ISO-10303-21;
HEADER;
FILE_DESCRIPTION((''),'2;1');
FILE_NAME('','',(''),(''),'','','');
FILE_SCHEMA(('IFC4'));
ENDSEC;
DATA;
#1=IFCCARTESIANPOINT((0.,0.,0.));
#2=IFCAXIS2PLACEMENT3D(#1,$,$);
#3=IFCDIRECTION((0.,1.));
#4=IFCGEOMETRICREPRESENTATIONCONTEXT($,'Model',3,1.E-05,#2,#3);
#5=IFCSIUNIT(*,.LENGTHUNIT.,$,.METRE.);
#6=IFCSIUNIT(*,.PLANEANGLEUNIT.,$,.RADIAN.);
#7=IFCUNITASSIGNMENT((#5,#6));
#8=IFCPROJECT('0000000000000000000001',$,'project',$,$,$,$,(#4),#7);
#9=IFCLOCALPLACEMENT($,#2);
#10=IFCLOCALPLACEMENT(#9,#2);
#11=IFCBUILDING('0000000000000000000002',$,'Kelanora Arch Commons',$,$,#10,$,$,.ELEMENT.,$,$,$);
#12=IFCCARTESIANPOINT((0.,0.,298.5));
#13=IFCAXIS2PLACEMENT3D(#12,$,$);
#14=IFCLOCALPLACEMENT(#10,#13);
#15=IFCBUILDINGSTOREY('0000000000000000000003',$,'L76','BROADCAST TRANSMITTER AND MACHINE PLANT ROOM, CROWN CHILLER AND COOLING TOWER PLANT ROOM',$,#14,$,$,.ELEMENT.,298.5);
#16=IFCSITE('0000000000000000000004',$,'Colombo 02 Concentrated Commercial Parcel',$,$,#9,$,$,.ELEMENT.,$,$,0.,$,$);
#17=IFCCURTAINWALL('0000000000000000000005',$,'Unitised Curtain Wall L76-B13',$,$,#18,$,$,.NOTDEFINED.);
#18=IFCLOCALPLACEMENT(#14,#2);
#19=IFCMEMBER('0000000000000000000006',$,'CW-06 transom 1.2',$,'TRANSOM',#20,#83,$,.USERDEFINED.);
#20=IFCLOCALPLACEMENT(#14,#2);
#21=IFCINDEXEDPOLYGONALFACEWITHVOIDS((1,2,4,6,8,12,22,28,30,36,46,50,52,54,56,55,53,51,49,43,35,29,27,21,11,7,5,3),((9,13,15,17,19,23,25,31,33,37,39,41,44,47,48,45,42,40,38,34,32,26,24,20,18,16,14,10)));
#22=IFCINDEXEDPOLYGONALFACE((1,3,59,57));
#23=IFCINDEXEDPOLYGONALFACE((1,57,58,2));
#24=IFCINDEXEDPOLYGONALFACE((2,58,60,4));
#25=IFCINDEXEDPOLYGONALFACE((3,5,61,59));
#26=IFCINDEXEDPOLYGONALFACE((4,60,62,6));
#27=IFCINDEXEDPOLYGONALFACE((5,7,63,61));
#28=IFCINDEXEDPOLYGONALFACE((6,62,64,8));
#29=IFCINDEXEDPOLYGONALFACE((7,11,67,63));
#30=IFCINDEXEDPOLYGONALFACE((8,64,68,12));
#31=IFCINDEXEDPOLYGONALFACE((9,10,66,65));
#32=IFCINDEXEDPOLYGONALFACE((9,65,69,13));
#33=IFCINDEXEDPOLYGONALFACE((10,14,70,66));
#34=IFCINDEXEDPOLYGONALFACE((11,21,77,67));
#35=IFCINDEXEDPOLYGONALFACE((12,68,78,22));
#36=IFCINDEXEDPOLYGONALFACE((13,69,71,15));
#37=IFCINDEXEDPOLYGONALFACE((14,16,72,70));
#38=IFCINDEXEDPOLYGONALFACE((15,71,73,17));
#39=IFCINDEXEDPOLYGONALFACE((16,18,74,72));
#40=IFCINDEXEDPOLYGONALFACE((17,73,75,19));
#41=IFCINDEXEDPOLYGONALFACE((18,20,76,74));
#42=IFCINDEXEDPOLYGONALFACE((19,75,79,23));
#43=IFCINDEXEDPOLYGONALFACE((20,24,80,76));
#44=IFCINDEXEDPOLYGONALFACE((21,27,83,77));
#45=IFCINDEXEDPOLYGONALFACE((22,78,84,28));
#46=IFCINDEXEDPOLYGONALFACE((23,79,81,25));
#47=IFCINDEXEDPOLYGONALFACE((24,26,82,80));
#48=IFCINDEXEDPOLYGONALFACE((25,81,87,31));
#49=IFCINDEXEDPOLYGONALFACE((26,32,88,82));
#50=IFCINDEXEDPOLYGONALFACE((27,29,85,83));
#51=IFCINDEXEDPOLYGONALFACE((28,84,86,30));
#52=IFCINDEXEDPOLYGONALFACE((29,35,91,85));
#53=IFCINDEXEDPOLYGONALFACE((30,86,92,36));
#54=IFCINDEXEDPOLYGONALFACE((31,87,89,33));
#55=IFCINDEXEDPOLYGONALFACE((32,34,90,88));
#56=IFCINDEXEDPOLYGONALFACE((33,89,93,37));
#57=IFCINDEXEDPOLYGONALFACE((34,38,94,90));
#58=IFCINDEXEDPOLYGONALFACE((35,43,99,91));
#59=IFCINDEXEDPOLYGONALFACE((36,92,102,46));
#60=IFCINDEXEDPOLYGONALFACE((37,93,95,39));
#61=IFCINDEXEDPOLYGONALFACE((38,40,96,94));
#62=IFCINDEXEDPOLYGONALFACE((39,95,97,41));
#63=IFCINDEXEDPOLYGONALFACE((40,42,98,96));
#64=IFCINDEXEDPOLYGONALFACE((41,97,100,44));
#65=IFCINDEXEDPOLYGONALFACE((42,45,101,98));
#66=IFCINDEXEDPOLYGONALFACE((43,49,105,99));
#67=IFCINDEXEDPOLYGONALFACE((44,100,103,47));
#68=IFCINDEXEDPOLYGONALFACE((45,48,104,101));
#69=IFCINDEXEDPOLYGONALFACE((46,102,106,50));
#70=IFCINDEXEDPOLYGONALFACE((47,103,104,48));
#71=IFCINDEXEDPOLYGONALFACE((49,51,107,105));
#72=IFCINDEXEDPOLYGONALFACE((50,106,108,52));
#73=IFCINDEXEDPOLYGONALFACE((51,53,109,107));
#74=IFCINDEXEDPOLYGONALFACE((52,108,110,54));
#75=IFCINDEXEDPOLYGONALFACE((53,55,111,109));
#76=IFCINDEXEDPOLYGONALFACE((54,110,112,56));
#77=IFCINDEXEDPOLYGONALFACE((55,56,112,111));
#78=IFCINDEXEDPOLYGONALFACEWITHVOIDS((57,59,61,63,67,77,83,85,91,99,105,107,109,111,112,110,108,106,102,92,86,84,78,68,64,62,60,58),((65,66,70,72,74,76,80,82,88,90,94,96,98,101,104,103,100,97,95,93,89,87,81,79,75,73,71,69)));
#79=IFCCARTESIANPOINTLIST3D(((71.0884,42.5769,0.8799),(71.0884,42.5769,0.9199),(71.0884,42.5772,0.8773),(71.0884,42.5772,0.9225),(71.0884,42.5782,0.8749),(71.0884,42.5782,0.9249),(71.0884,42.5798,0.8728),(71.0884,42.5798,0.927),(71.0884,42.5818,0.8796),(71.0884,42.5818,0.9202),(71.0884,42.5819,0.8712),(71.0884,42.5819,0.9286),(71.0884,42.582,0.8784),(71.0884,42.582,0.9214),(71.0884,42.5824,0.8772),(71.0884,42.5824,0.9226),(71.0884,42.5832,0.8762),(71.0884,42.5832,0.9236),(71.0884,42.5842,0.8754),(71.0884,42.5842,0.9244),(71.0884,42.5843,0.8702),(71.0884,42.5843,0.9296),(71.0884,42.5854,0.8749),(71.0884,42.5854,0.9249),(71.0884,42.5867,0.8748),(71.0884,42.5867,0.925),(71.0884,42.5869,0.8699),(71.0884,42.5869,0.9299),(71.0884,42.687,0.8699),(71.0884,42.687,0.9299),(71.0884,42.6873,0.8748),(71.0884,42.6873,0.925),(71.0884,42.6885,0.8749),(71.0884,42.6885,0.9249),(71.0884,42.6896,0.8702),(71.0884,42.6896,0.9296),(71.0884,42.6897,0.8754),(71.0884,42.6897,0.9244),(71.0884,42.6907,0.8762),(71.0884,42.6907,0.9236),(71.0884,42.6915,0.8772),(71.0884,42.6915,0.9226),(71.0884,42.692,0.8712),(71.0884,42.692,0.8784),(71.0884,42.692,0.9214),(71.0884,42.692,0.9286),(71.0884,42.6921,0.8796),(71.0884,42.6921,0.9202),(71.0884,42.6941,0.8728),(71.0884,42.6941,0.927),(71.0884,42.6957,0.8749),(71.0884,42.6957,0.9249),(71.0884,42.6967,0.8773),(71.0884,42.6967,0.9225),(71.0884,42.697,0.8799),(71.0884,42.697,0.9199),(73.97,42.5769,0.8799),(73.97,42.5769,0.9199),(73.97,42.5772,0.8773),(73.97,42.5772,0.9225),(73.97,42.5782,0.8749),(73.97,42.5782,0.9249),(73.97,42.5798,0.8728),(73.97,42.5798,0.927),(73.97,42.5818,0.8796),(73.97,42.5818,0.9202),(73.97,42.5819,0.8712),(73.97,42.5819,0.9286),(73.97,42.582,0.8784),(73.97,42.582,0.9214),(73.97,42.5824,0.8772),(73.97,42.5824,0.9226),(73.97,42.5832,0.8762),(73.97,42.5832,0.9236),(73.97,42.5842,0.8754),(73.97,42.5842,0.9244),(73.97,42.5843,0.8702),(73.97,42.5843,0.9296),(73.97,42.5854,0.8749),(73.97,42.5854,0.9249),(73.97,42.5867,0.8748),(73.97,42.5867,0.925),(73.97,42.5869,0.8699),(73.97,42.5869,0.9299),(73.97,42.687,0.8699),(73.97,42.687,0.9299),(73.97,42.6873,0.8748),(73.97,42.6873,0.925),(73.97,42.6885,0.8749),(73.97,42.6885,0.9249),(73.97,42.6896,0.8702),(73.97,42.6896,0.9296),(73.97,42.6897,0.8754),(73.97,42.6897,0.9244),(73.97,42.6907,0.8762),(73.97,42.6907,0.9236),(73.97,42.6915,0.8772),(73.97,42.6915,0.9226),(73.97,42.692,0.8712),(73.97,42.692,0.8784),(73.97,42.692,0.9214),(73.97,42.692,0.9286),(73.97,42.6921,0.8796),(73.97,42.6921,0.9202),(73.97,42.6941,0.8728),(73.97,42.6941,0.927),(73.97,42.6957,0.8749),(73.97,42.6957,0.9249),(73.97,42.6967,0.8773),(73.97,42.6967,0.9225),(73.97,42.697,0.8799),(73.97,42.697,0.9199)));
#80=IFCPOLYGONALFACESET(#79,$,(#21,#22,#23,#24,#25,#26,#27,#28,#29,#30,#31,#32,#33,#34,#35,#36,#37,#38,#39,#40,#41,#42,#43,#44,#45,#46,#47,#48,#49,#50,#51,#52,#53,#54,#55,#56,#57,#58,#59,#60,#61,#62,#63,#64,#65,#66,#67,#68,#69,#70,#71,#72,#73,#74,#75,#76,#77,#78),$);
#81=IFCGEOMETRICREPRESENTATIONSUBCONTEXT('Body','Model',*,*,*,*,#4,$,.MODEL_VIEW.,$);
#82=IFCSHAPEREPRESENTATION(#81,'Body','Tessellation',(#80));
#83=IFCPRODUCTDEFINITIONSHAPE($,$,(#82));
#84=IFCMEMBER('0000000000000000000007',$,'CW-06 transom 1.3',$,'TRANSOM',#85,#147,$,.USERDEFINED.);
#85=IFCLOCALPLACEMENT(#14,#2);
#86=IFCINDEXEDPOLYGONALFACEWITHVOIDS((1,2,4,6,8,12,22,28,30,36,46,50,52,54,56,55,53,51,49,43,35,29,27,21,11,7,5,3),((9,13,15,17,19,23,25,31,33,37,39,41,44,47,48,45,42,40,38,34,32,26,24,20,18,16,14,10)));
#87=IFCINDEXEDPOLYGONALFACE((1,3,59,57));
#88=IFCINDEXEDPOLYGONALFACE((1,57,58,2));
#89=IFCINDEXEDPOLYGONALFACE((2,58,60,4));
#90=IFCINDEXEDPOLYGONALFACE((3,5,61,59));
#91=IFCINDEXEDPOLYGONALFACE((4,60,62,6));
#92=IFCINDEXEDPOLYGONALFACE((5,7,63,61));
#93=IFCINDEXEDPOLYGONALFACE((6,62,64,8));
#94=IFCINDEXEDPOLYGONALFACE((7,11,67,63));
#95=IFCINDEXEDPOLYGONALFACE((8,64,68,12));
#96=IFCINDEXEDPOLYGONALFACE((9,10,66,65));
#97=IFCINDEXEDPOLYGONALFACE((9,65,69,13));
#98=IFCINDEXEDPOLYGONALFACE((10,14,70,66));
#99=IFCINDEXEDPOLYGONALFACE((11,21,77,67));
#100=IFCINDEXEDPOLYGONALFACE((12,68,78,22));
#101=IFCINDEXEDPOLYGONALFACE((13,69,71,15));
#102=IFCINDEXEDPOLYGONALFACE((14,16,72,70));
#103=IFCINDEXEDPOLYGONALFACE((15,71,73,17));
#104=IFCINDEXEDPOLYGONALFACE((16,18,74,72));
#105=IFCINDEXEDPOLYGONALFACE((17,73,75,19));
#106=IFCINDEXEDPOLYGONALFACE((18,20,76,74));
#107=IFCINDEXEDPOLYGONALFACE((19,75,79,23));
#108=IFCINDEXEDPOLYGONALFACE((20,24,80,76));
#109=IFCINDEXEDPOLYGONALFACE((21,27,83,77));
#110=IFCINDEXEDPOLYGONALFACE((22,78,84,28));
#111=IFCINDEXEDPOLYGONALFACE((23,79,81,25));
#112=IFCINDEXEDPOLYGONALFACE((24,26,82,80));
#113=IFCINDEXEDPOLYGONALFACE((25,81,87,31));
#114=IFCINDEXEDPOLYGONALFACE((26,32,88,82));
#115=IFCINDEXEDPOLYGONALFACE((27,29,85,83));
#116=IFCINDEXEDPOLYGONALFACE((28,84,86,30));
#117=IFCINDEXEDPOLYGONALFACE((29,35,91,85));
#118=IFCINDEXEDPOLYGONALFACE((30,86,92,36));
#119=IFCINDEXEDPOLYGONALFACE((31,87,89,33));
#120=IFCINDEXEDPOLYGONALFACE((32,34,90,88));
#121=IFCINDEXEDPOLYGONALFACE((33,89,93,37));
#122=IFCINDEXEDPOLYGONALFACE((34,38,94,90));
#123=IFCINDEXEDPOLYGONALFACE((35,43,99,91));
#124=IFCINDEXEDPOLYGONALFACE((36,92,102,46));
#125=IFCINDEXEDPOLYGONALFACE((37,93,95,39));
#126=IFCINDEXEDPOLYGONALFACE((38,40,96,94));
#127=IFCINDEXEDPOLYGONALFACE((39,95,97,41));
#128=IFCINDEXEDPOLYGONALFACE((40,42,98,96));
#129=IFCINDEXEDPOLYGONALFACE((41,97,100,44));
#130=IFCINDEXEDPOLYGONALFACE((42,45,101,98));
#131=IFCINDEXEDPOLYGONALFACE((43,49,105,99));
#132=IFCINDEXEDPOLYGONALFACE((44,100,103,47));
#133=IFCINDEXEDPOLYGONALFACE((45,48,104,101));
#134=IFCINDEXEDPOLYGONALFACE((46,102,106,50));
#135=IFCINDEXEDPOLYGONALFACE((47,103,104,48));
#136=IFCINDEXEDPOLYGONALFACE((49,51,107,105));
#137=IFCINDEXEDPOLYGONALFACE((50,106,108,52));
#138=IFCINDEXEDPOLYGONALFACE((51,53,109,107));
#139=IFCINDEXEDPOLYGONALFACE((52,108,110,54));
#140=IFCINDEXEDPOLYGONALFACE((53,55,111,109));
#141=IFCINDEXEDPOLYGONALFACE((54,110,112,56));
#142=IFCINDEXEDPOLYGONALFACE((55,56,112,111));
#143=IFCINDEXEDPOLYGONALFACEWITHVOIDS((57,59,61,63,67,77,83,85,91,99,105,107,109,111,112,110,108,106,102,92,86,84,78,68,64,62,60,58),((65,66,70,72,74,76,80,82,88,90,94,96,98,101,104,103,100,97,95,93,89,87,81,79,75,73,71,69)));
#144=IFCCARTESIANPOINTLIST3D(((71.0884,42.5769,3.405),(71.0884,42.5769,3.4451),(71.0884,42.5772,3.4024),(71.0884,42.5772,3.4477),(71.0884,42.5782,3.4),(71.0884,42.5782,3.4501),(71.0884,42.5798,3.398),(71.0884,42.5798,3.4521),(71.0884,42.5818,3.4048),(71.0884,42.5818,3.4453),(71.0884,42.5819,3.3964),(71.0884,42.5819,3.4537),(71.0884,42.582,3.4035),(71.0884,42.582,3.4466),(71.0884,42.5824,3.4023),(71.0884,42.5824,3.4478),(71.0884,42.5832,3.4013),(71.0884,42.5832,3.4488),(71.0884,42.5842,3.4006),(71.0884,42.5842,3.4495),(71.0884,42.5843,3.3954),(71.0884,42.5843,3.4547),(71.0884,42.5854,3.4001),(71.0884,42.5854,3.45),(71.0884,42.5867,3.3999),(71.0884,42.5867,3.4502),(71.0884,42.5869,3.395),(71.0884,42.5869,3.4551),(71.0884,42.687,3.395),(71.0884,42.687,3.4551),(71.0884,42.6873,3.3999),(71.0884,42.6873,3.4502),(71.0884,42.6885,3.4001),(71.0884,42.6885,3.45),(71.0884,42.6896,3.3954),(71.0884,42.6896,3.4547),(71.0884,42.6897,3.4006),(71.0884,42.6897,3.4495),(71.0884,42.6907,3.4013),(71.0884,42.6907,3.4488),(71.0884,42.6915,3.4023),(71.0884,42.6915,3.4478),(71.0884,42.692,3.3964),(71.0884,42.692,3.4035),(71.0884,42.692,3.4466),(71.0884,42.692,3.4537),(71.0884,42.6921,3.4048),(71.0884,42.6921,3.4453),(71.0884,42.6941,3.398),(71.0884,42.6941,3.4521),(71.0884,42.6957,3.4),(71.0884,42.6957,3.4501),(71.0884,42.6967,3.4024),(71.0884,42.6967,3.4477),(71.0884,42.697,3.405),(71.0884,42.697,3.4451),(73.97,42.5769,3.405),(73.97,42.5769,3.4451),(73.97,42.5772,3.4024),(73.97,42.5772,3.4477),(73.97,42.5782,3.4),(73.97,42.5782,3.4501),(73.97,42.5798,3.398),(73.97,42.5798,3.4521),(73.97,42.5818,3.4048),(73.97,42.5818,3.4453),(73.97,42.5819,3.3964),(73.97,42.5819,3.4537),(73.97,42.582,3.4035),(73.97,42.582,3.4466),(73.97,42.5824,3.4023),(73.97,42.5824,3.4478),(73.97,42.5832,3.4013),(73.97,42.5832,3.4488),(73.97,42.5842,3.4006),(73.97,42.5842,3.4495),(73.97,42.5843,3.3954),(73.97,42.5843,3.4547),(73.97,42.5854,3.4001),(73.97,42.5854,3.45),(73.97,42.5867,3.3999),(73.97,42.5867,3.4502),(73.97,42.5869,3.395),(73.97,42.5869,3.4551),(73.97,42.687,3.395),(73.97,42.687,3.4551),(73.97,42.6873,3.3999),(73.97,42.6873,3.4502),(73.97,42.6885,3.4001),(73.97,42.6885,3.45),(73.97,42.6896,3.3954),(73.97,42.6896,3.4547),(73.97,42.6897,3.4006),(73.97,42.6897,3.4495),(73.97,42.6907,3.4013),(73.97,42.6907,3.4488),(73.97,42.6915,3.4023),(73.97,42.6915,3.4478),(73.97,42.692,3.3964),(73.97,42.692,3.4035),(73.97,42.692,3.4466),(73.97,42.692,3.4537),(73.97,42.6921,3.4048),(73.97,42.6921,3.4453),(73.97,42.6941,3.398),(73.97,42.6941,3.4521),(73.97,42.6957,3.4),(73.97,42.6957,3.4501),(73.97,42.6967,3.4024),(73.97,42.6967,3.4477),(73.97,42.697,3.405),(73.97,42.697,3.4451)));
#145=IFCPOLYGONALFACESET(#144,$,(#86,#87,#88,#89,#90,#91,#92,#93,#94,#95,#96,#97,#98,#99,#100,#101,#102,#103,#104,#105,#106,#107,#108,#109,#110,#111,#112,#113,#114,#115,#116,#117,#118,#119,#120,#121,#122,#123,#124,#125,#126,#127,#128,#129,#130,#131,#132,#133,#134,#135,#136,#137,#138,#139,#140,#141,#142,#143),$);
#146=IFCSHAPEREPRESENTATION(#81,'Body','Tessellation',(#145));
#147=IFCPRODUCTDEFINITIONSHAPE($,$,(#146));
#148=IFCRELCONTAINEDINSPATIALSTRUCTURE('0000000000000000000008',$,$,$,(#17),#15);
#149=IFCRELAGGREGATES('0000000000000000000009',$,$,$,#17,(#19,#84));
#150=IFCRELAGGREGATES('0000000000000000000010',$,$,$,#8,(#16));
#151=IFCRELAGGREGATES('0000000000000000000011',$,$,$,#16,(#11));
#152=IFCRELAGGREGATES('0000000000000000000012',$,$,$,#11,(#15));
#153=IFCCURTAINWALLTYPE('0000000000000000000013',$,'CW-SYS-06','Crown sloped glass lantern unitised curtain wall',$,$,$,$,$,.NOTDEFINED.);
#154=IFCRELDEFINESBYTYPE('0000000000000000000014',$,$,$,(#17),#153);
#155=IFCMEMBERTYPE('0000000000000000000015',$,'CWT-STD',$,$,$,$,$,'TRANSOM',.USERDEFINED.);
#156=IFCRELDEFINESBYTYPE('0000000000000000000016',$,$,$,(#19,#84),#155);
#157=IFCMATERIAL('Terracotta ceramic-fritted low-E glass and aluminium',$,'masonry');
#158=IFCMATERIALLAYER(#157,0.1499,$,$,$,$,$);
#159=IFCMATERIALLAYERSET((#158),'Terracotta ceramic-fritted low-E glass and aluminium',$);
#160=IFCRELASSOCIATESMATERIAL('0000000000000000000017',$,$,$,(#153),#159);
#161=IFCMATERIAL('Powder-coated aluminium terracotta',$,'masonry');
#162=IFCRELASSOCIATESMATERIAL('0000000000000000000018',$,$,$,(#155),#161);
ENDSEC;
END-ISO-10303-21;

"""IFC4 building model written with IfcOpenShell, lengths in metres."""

from ifc_helpers import new_model, si_unit, direction, frame, origin, origin_2d, place, context, subcontext, project, spatial, hollow_rectangle, extrude, material, layer, layer_set, material_profile, profile_set, type_object, element, aggregate, save


model = new_model("IFC4")

# Units and contexts
model_context = context("Model", 3, precision=1e-05, world=origin(), true_north=direction((0.0, 1.0)))
body_context = subcontext(model_context, "Body", "Model", "MODEL_VIEW")
ifc_project = project(units=[si_unit("LENGTHUNIT", "METRE"), si_unit("PLANEANGLEUNIT", "RADIAN")], contexts=[model_context])

# Site, building, storey
site_placement = place(None, origin())
site = spatial("IfcSite", under=ifc_project, at=site_placement, Name="Colombo 02 Concentrated Commercial Parcel", CompositionType="ELEMENT", RefElevation=0.0)
building_placement = place(site_placement, origin())
building = spatial("IfcBuilding", under=site, at=building_placement, Name="Kelanora Arch Commons", CompositionType="ELEMENT")
storey_placement = place(building_placement, frame((0.0, 0.0, 298.5)))
storey = spatial("IfcBuildingStorey", under=building, at=storey_placement, Name="L76", Description="BROADCAST TRANSMITTER AND MACHINE PLANT ROOM, CROWN CHILLER AND COOLING TOWER PLANT ROOM", CompositionType="ELEMENT", Elevation=298.5)

# Curtain wall
ifc_material_1 = material(Name="Terracotta ceramic-fritted low-E glass and aluminium", Category="masonry")
ifc_layer_1 = layer(ifc_material_1, 0.1499)
ifc_layer_set_1 = layer_set([ifc_layer_1], Name="Terracotta ceramic-fritted low-E glass and aluminium")
curtain_wall_type = type_object("IfcCurtainWallType", Name="CW-SYS-06", Description="Crown sloped glass lantern unitised curtain wall", PredefinedType="NOTDEFINED", material=ifc_layer_set_1)
ifc_material_2 = material(Name="Powder-coated aluminium terracotta", Category="masonry")
curtain_wall_1_placement = place(storey_placement, origin())
curtain_wall_1 = element("IfcCurtainWall", 1, at=curtain_wall_1_placement, inside=storey, type_object=curtain_wall_type, Name="Unitised Curtain Wall L76-B13", PredefinedType="NOTDEFINED")

# Members
ifc_material_profile_1 = material_profile(ifc_material_2, hollow_rectangle(XDim=0.1201, YDim=0.0601, WallThickness=0.0049, InnerFilletRadius=0.0049, OuterFilletRadius=0.01, at=origin_2d()), Name="CWT120x60")
ifc_profile_set_1 = profile_set([ifc_material_profile_1], Name="Powder-coated aluminium terracotta")
member_type_1 = type_object("IfcMemberType", Name="CWT-STD", ElementType="TRANSOM", PredefinedType="USERDEFINED", material=ifc_profile_set_1)
member_1_placement = place(storey_placement, frame((71.0884, 42.637, 0.8999), z_axis=(1.0, 0.0, 0.0), x_axis=(0.0, 1.0, 0.0)))
member_1 = element("IfcMember", 2, at=member_1_placement, type_object=member_type_1, Name="CW-06 transom 1.2", ObjectType="TRANSOM", PredefinedType="USERDEFINED", context=body_context, shape_type="SweptSolid", body=[
    extrude(hollow_rectangle(XDim=0.1201, YDim=0.0601, WallThickness=0.0049, InnerFilletRadius=0.0049, OuterFilletRadius=0.01, at=origin_2d()), origin(), (0.0, 0.0, 1.0), 2.8816),
])
member_2_placement = place(storey_placement, frame((71.0884, 42.637, 3.425), z_axis=(1.0, 0.0, 0.0), x_axis=(0.0, 1.0, 0.0)))
member_2 = element("IfcMember", 3, at=member_2_placement, type_object=member_type_1, Name="CW-06 transom 1.3", ObjectType="TRANSOM", PredefinedType="USERDEFINED", context=body_context, shape_type="SweptSolid", body=[
    extrude(hollow_rectangle(XDim=0.1201, YDim=0.0601, WallThickness=0.0049, InnerFilletRadius=0.0049, OuterFilletRadius=0.01, at=origin_2d()), origin(), (0.0, 0.0, 1.0), 2.8816),
])

aggregate(curtain_wall_1, [member_1, member_2])

save(model, "model.ifc")
